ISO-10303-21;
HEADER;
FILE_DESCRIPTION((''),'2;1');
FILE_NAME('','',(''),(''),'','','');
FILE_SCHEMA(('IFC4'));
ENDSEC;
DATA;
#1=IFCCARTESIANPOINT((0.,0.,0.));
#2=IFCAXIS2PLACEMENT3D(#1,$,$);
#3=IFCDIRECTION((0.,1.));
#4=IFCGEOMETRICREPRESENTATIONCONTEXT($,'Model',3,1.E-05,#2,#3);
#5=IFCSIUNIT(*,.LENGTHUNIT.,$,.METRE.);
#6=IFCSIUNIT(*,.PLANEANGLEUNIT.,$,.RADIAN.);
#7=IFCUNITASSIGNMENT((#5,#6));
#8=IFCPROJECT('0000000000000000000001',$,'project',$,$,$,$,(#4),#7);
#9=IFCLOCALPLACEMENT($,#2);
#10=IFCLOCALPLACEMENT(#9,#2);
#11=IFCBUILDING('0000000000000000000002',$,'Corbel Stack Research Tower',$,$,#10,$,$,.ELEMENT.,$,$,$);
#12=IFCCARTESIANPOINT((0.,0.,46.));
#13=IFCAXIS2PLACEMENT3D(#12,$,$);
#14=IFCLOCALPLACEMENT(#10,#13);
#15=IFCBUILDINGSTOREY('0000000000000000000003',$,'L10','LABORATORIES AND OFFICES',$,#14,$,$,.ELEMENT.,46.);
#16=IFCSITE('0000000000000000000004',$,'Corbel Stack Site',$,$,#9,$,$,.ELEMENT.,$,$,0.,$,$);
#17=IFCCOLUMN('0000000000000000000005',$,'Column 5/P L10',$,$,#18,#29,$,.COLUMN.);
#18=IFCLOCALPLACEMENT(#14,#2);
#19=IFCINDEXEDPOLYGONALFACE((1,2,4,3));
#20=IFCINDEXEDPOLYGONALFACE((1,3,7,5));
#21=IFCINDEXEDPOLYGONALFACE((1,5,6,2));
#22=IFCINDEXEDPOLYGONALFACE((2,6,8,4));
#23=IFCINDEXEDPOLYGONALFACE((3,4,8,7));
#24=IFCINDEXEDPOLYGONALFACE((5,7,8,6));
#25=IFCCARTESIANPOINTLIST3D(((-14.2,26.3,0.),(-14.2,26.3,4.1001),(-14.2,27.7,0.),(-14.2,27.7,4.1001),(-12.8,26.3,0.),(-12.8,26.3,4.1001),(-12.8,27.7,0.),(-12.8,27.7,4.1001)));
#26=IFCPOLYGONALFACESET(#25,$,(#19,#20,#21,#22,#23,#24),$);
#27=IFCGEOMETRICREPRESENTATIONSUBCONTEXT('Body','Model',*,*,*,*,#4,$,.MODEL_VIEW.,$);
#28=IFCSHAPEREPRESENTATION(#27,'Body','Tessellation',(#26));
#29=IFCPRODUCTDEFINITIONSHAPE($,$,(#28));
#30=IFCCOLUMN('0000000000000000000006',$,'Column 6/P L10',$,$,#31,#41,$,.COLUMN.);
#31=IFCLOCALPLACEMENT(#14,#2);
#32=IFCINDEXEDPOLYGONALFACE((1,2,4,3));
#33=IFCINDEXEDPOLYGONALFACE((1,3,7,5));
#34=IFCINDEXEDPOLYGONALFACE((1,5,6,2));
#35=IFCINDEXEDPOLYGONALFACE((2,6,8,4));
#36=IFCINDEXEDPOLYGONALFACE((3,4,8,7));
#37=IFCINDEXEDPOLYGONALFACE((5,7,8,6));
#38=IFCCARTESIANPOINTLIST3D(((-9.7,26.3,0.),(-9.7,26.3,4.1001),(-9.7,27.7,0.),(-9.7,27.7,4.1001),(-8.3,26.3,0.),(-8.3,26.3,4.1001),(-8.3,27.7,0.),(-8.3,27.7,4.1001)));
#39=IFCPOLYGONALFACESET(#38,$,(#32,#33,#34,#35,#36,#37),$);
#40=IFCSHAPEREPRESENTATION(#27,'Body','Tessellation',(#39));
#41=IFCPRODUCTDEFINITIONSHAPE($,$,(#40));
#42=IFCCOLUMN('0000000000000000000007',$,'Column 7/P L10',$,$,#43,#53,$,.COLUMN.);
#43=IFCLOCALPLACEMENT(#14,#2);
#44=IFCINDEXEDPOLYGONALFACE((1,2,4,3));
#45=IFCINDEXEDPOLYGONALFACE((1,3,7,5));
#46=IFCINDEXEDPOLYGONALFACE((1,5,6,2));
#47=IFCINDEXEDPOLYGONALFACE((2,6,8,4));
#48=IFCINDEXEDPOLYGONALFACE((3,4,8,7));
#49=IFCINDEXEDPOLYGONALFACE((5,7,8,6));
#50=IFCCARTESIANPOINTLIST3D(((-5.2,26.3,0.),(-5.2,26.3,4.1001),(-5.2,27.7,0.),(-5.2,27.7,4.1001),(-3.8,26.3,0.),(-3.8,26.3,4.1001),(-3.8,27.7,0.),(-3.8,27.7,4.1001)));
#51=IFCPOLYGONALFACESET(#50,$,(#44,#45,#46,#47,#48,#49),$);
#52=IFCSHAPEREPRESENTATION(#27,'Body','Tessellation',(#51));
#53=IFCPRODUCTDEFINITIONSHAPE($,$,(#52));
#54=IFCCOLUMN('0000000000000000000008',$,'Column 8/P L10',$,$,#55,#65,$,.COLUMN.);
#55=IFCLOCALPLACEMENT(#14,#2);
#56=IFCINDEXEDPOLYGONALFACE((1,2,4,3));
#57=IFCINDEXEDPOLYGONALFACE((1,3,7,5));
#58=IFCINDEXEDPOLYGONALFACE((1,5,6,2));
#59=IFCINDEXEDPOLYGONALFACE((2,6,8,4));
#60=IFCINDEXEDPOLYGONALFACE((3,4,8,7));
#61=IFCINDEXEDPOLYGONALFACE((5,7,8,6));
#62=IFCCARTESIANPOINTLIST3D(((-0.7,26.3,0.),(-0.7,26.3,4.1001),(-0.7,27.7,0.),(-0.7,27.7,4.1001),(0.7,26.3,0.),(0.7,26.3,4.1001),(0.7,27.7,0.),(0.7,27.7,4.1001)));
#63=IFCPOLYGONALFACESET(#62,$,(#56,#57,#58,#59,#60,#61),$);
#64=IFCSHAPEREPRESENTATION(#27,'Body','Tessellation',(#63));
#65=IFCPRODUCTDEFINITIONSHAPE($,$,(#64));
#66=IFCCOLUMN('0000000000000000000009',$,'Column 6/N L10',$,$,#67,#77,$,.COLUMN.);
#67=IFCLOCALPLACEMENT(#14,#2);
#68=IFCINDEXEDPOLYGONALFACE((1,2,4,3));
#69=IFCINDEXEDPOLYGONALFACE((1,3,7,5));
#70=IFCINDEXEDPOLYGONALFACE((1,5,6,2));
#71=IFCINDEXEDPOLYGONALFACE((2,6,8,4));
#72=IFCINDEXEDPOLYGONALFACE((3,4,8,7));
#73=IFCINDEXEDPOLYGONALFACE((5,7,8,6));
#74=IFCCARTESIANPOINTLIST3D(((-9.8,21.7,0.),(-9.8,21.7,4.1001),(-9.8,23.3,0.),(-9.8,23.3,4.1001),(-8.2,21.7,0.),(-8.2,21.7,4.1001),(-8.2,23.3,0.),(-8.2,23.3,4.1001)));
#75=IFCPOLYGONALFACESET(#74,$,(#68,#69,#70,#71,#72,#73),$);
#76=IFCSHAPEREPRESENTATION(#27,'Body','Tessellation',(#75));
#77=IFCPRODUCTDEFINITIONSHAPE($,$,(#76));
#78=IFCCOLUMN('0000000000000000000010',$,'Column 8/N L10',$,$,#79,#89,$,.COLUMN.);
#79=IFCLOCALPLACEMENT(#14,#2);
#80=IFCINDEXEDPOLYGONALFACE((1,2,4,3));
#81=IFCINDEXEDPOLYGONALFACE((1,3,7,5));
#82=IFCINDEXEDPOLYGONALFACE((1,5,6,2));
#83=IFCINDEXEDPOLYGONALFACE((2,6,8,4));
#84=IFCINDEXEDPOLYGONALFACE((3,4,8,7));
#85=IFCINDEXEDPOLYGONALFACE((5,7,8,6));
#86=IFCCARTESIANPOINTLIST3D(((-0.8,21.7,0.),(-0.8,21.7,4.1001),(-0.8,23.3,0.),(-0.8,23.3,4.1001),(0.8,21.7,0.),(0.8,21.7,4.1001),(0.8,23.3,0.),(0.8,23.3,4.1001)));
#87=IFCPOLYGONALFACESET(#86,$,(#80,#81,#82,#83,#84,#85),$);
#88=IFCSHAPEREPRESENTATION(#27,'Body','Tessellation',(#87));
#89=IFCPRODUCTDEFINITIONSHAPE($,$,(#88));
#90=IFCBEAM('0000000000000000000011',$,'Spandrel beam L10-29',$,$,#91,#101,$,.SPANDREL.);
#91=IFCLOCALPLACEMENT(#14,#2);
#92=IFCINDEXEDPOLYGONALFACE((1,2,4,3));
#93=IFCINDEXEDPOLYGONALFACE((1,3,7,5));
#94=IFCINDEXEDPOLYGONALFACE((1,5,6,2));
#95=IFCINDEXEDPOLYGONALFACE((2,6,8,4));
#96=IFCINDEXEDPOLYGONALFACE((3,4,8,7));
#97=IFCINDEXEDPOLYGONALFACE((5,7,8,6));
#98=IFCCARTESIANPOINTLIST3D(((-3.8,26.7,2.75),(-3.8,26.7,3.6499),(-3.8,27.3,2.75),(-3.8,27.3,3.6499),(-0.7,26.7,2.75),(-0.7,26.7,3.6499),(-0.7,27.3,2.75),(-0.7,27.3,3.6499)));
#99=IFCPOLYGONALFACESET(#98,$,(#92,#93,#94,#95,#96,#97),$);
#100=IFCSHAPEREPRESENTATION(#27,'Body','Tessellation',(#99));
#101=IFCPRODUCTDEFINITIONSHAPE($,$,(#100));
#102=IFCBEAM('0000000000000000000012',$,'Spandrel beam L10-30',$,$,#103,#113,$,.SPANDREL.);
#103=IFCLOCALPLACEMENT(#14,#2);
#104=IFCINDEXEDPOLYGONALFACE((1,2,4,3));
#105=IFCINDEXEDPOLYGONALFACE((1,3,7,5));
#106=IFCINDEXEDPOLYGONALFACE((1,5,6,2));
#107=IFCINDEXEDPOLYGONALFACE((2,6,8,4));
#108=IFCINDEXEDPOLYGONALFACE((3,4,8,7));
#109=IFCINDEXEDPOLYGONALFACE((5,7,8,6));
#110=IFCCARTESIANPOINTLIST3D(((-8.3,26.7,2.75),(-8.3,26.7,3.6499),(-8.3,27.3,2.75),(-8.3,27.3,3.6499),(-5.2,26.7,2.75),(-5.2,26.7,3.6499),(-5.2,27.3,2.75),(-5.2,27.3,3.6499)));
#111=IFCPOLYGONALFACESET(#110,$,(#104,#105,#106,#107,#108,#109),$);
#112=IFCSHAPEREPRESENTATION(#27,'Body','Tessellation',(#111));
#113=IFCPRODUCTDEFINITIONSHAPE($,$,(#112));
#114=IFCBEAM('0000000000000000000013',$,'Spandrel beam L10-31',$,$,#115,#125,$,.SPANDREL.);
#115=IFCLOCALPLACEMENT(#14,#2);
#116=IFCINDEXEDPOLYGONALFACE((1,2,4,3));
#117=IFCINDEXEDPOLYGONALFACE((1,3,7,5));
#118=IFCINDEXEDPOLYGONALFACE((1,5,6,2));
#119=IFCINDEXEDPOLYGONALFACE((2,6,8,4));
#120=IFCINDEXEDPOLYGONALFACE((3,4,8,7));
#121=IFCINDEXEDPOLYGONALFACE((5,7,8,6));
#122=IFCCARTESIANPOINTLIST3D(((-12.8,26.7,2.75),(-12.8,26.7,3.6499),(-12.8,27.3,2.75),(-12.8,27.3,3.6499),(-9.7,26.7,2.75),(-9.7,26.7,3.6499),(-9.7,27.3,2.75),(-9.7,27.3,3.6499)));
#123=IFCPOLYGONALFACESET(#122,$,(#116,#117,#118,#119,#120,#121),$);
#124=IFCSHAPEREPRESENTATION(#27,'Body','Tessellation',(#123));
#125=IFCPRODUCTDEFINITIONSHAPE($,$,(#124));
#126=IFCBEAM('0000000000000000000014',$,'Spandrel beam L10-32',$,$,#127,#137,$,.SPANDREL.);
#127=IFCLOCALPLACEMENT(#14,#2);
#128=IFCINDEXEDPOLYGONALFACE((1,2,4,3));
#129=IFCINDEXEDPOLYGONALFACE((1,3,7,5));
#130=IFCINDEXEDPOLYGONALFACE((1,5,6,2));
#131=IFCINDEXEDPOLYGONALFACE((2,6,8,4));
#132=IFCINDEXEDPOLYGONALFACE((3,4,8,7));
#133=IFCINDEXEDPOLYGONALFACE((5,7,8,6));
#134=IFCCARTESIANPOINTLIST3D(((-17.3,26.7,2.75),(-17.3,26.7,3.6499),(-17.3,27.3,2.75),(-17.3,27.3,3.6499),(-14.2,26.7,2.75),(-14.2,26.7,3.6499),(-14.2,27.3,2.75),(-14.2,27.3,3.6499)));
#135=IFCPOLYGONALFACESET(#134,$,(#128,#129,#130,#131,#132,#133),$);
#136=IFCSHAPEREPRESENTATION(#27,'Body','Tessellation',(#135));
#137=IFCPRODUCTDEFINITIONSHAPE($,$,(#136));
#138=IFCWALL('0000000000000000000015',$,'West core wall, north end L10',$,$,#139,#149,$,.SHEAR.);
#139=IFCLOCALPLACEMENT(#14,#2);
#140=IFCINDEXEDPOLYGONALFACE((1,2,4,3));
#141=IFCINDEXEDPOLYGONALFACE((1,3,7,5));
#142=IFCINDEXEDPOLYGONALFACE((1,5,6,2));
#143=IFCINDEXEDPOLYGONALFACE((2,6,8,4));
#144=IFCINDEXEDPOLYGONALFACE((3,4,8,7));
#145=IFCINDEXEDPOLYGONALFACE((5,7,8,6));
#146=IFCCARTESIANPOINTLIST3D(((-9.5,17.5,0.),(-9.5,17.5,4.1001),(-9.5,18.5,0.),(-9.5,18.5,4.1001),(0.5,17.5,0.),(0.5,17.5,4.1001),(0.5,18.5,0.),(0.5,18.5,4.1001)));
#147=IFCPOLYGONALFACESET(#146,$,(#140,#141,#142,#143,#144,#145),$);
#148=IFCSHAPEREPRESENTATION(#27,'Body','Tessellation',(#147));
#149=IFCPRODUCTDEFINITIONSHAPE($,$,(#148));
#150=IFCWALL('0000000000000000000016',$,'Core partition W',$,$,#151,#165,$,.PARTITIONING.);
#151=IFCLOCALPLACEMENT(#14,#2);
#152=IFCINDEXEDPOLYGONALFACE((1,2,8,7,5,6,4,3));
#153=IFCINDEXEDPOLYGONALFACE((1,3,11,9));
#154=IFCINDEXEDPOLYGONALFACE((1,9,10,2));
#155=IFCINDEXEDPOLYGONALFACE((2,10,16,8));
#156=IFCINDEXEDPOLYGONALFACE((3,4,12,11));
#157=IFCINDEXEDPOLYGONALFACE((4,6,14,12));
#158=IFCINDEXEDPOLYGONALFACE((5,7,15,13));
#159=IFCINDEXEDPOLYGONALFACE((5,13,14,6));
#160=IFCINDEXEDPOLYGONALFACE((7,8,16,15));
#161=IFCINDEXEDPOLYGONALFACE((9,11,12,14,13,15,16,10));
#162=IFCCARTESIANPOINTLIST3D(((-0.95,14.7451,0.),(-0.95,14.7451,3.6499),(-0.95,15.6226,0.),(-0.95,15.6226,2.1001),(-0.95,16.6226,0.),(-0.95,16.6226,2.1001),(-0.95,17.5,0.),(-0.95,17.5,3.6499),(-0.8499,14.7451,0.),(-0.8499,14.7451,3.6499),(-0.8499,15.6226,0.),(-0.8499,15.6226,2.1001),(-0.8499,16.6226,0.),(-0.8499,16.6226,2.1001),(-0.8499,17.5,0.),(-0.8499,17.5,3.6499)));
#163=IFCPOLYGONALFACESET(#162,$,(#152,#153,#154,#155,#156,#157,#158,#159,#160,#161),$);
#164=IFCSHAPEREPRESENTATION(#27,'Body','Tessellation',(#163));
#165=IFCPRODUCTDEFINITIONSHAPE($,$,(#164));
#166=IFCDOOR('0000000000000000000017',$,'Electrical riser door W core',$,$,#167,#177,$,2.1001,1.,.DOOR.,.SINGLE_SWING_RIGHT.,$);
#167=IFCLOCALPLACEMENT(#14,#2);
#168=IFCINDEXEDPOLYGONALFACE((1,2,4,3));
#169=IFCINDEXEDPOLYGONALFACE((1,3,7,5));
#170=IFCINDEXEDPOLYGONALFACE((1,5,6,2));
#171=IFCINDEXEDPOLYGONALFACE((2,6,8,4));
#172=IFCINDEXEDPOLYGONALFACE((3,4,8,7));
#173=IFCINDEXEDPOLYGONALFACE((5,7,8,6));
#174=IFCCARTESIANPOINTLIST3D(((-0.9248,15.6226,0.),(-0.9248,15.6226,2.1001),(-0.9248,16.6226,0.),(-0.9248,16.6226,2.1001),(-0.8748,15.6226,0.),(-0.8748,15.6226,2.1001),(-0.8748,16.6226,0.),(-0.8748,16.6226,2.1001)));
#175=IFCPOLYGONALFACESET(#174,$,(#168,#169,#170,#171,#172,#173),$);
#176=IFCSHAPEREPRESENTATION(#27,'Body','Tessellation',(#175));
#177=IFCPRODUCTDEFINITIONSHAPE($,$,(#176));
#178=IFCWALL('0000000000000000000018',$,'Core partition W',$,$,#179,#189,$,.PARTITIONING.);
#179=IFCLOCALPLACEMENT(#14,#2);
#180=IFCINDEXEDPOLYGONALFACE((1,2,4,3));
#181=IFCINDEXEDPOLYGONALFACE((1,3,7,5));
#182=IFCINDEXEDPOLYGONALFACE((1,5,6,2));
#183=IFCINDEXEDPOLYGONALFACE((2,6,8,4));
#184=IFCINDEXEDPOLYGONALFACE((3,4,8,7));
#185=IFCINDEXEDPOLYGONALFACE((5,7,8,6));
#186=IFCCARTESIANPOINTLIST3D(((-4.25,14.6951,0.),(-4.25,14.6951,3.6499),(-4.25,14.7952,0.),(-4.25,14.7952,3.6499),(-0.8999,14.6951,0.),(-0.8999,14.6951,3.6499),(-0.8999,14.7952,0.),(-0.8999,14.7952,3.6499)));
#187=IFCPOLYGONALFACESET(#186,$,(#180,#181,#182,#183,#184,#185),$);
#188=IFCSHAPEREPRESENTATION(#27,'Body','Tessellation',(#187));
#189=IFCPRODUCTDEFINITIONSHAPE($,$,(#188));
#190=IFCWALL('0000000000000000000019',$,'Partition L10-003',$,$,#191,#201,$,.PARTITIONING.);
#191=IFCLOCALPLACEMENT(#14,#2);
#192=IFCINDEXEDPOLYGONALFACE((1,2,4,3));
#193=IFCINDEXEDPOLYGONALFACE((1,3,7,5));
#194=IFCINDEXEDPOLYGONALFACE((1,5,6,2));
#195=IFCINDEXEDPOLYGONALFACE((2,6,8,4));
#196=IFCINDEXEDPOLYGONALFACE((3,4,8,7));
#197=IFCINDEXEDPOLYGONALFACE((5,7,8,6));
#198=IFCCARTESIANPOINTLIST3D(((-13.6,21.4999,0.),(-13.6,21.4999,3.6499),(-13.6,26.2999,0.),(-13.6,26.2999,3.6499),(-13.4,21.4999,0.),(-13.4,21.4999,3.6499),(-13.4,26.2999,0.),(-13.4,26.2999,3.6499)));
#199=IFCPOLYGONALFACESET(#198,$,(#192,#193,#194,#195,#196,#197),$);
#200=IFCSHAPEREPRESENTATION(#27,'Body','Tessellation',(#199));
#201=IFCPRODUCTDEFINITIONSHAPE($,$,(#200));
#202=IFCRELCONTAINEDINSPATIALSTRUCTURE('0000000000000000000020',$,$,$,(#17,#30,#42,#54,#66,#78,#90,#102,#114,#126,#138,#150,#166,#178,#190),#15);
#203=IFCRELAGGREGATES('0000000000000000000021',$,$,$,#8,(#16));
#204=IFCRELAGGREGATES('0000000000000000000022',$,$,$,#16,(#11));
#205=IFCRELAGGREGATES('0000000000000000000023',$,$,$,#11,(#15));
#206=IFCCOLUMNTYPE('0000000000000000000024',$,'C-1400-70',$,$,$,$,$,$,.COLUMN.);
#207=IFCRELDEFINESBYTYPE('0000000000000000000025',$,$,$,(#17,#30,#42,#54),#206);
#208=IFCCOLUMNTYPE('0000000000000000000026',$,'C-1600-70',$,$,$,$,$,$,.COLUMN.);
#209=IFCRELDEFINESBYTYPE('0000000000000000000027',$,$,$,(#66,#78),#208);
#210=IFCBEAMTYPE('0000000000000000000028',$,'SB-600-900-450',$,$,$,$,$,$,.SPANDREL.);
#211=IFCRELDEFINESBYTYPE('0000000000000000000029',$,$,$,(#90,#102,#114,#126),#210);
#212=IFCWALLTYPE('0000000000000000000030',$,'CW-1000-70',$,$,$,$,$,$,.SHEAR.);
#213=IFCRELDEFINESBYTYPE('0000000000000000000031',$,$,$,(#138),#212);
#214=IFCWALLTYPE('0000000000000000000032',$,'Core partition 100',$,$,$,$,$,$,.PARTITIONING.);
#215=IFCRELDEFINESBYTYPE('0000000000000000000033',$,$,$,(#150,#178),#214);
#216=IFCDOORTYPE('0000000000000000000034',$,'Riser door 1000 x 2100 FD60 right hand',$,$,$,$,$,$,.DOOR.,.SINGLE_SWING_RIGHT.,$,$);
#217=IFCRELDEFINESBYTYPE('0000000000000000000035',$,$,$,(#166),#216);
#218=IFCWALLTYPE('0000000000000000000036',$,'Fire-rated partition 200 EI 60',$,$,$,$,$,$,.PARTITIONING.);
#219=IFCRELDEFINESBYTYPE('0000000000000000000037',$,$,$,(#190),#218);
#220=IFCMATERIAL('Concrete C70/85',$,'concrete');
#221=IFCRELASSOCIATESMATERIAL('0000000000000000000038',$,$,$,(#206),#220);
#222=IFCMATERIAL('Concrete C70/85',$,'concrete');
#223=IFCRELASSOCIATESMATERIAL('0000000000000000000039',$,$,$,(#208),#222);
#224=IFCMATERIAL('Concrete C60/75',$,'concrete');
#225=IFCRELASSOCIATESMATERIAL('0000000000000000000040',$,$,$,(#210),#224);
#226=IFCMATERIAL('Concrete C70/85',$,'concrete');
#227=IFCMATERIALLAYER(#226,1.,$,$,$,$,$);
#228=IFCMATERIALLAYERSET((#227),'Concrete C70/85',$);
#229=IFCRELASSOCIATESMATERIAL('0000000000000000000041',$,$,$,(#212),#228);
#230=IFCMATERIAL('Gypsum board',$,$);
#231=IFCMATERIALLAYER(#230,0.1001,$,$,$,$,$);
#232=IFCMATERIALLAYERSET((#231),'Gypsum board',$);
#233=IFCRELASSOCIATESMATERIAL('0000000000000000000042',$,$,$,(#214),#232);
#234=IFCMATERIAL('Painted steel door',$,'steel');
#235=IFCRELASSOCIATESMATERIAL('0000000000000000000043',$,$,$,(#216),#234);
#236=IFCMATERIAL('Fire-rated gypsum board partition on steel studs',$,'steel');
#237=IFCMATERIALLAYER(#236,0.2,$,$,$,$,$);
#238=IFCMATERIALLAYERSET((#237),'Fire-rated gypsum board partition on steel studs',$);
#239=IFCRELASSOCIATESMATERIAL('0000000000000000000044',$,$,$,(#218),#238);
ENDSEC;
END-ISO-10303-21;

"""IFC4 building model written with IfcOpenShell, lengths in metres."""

from ifc_helpers import new_model, si_unit, direction, frame, frame_2d, origin, origin_2d, place, context, subcontext, project, spatial, rectangle, extrude, material, layer, layer_set, material_profile, profile_set, type_object, element, fill, save


model = new_model("IFC4")

# Units and contexts
model_context = context("Model", 3, precision=1e-05, world=origin(), true_north=direction((0.0, 1.0)))
body_context = subcontext(model_context, "Body", "Model", "MODEL_VIEW")
ifc_project = project(units=[si_unit("LENGTHUNIT", "METRE"), si_unit("PLANEANGLEUNIT", "RADIAN")], contexts=[model_context])

# Site, building, storey
site_placement = place(None, origin())
site = spatial("IfcSite", under=ifc_project, at=site_placement, Name="Corbel Stack Site", CompositionType="ELEMENT", RefElevation=0.0)
building_placement = place(site_placement, origin())
building = spatial("IfcBuilding", under=site, at=building_placement, Name="Corbel Stack Research Tower", CompositionType="ELEMENT")
storey_placement = place(building_placement, frame((0.0, 0.0, 46.0)))
storey = spatial("IfcBuildingStorey", under=building, at=storey_placement, Name="L10", Description="LABORATORIES AND OFFICES", CompositionType="ELEMENT", Elevation=46.0)

# Columns
ifc_material_1 = material(Name="Concrete C70/85", Category="concrete")
ifc_material_profile_1 = material_profile(ifc_material_1, rectangle(XDim=1.3999, YDim=1.3999, at=origin_2d()), Name="RC 1400 x 1400")
ifc_profile_set_1 = profile_set([ifc_material_profile_1], Name="Concrete C70/85")
column_type_1 = type_object("IfcColumnType", Name="C-1400-70", PredefinedType="COLUMN", material=ifc_profile_set_1)
for number, where, z_axis, x_axis, name in (
    (1, (-13.5, 27.0, 0.0), (0.0, 0.0, 1.0), (1.0, 0.0, 0.0), "Column 5/P L10"),
    (2, (-9.0, 27.0, 0.0), (0.0, 0.0, 1.0), (1.0, 0.0, 0.0), "Column 6/P L10"),
    (3, (-4.5, 27.0, 0.0), (0.0, 0.0, 1.0), (1.0, 0.0, 0.0), "Column 7/P L10"),
    (4, (0.0, 27.0, 0.0), (0.0, 0.0, 1.0), (1.0, 0.0, 0.0), "Column 8/P L10"),
):
    element("IfcColumn", number, at=place(storey_placement, frame(where, z_axis=z_axis, x_axis=x_axis)), inside=storey, type_object=column_type_1, Name=name, PredefinedType="COLUMN", context=body_context, shape_type="SweptSolid", body=[
        extrude(rectangle(XDim=1.3999, YDim=1.3999, at=origin_2d()), origin(), (0.0, 0.0, 1.0), 4.1001),
    ])
ifc_material_2 = material(Name="Concrete C70/85", Category="concrete")
ifc_material_profile_2 = material_profile(ifc_material_2, rectangle(XDim=1.6001, YDim=1.6001, at=origin_2d()), Name="RC 1600 x 1600")
ifc_profile_set_2 = profile_set([ifc_material_profile_2], Name="Concrete C70/85")
column_type_2 = type_object("IfcColumnType", Name="C-1600-70", PredefinedType="COLUMN", material=ifc_profile_set_2)
for number, where, z_axis, x_axis, name in (
    (5, (-9.0, 22.5, 0.0), (0.0, 0.0, 1.0), (1.0, 0.0, 0.0), "Column 6/N L10"),
    (6, (0.0, 22.5, 0.0), (0.0, 0.0, 1.0), (1.0, 0.0, 0.0), "Column 8/N L10"),
):
    element("IfcColumn", number, at=place(storey_placement, frame(where, z_axis=z_axis, x_axis=x_axis)), inside=storey, type_object=column_type_2, Name=name, PredefinedType="COLUMN", context=body_context, shape_type="SweptSolid", body=[
        extrude(rectangle(XDim=1.6001, YDim=1.6001, at=origin_2d()), origin(), (0.0, 0.0, 1.0), 4.1001),
    ])

# Beams
ifc_material_3 = material(Name="Concrete C60/75", Category="concrete")
ifc_material_profile_3 = material_profile(ifc_material_3, rectangle(XDim=0.6001, YDim=0.8999, at=origin_2d()), Name="RC 600 x 900")
ifc_profile_set_3 = profile_set([ifc_material_profile_3], Name="Concrete C60/75")
beam_type = type_object("IfcBeamType", Name="SB-600-900-450", PredefinedType="SPANDREL", material=ifc_profile_set_3)
for number, where, z_axis, x_axis, name in (
    (7, (-0.7, 27.0, 3.2), (-1.0, 0.0, 0.0), (0.0, -1.0, 0.0), "Spandrel beam L10-29"),
    (8, (-5.2, 27.0, 3.2), (-1.0, 0.0, 0.0), (0.0, -1.0, 0.0), "Spandrel beam L10-30"),
    (9, (-9.7, 27.0, 3.2), (-1.0, 0.0, 0.0), (0.0, -1.0, 0.0), "Spandrel beam L10-31"),
    (10, (-14.2, 27.0, 3.2), (-1.0, 0.0, 0.0), (0.0, -1.0, 0.0), "Spandrel beam L10-32"),
):
    element("IfcBeam", number, at=place(storey_placement, frame(where, z_axis=z_axis, x_axis=x_axis)), inside=storey, type_object=beam_type, Name=name, PredefinedType="SPANDREL", context=body_context, shape_type="SweptSolid", body=[
        extrude(rectangle(XDim=0.6001, YDim=0.8999, at=origin_2d()), origin(), (0.0, 0.0, 1.0), 3.1001),
    ])

# Wall
ifc_material_4 = material(Name="Concrete C70/85", Category="concrete")
ifc_layer_1 = layer(ifc_material_4, 1.0)
ifc_layer_set_1 = layer_set([ifc_layer_1], Name="Concrete C70/85")
wall_type_1 = type_object("IfcWallType", Name="CW-1000-70", PredefinedType="SHEAR", material=ifc_layer_set_1)
wall_1_placement = place(storey_placement, frame((-9.5, 18.0, 0.0), z_axis=(0.0, 0.0, 1.0), x_axis=(1.0, 0.0, 0.0)))
element("IfcWall", 11, at=wall_1_placement, inside=storey, type_object=wall_type_1, Name="West core wall, north end L10", PredefinedType="SHEAR", context=body_context, shape_type="SweptSolid", body=[
    extrude(rectangle(XDim=10.0, YDim=1.0, at=frame_2d((5.0, 0.0))), origin(), (0.0, 0.0, 1.0), 4.1001),
])

# Wall, opening, door
ifc_material_5 = material(Name="Gypsum board")
ifc_layer_2 = layer(ifc_material_5, 0.1001)
ifc_layer_set_2 = layer_set([ifc_layer_2], Name="Gypsum board")
wall_type_2 = type_object("IfcWallType", Name="Core partition 100", PredefinedType="PARTITIONING", material=ifc_layer_set_2)
wall_2_placement = place(storey_placement, frame((-0.8999, 14.7451, 0.0), z_axis=(0.0, 0.0, 1.0), x_axis=(0.0, 1.0, 0.0)))
wall_2 = element("IfcWall", 12, at=wall_2_placement, inside=storey, type_object=wall_type_2, Name="Core partition W", PredefinedType="PARTITIONING", context=body_context, shape_type="SweptSolid", body=[
    extrude(rectangle(XDim=2.7549, YDim=0.1001, at=frame_2d((1.3774, 0.0))), origin(), (0.0, 0.0, 1.0), 3.6499),
])
opening_1_placement = place(wall_2_placement, frame((0.8774, 0.0, 0.0)))
opening_1 = element("IfcOpeningElement", 13, at=opening_1_placement, cuts=wall_2, PredefinedType="OPENING", context=body_context, shape_type="SweptSolid", body=[
    extrude(rectangle(XDim=1.0, YDim=2.1001, at=frame_2d((0.5, 1.05))), frame((0.0, 0.0601, 0.0), z_axis=(0.0, -1.0, 0.0), x_axis=(1.0, 0.0, 0.0)), (0.0, 0.0, 1.0), 0.1201),
])
ifc_material_6 = material(Name="Painted steel door", Category="steel")
door_type_1 = type_object("IfcDoorType", Name="Riser door 1000 x 2100 FD60 right hand", OperationType="SINGLE_SWING_RIGHT", PredefinedType="DOOR", material=ifc_material_6)
door_1_placement = place(opening_1_placement, origin())
door_1 = element("IfcDoor", 14, at=door_1_placement, inside=storey, type_object=door_type_1, Name="Electrical riser door W core", OperationType="SINGLE_SWING_RIGHT", OverallHeight=2.1001, OverallWidth=1.0, PredefinedType="DOOR", context=body_context, shape_type="SweptSolid", body=[
    extrude(rectangle(XDim=1.0, YDim=2.1001, at=frame_2d((0.5, 1.05))), frame((0.0, 0.0249, 0.0), z_axis=(0.0, -1.0, 0.0), x_axis=(1.0, 0.0, 0.0)), (0.0, 0.0, 1.0), 0.05),
])
fill(opening_1, door_1)

# Walls
wall_3_placement = place(storey_placement, frame((-4.25, 14.7451, 0.0), z_axis=(0.0, 0.0, 1.0), x_axis=(1.0, 0.0, 0.0)))
element("IfcWall", 15, at=wall_3_placement, inside=storey, type_object=wall_type_2, Name="Core partition W", PredefinedType="PARTITIONING", context=body_context, shape_type="SweptSolid", body=[
    extrude(rectangle(XDim=3.3501, YDim=0.1001, at=frame_2d((1.675, 0.0))), origin(), (0.0, 0.0, 1.0), 3.6499),
])
ifc_material_7 = material(Name="Fire-rated gypsum board partition on steel studs", Category="steel")
ifc_layer_3 = layer(ifc_material_7, 0.2)
ifc_layer_set_3 = layer_set([ifc_layer_3], Name="Fire-rated gypsum board partition on steel studs")
wall_type_3 = type_object("IfcWallType", Name="Fire-rated partition 200 EI 60", PredefinedType="PARTITIONING", material=ifc_layer_set_3)
wall_4_placement = place(storey_placement, frame((-13.5, 21.5, 0.0), z_axis=(0.0, 0.0, 1.0), x_axis=(0.0, 1.0, 0.0)))
element("IfcWall", 16, at=wall_4_placement, inside=storey, type_object=wall_type_3, Name="Partition L10-003", PredefinedType="PARTITIONING", context=body_context, shape_type="SweptSolid", body=[
    extrude(rectangle(XDim=4.8, YDim=0.2, at=frame_2d((2.3999, 0.0))), origin(), (0.0, 0.0, 1.0), 3.6499),
])

save(model, "model.ifc")
